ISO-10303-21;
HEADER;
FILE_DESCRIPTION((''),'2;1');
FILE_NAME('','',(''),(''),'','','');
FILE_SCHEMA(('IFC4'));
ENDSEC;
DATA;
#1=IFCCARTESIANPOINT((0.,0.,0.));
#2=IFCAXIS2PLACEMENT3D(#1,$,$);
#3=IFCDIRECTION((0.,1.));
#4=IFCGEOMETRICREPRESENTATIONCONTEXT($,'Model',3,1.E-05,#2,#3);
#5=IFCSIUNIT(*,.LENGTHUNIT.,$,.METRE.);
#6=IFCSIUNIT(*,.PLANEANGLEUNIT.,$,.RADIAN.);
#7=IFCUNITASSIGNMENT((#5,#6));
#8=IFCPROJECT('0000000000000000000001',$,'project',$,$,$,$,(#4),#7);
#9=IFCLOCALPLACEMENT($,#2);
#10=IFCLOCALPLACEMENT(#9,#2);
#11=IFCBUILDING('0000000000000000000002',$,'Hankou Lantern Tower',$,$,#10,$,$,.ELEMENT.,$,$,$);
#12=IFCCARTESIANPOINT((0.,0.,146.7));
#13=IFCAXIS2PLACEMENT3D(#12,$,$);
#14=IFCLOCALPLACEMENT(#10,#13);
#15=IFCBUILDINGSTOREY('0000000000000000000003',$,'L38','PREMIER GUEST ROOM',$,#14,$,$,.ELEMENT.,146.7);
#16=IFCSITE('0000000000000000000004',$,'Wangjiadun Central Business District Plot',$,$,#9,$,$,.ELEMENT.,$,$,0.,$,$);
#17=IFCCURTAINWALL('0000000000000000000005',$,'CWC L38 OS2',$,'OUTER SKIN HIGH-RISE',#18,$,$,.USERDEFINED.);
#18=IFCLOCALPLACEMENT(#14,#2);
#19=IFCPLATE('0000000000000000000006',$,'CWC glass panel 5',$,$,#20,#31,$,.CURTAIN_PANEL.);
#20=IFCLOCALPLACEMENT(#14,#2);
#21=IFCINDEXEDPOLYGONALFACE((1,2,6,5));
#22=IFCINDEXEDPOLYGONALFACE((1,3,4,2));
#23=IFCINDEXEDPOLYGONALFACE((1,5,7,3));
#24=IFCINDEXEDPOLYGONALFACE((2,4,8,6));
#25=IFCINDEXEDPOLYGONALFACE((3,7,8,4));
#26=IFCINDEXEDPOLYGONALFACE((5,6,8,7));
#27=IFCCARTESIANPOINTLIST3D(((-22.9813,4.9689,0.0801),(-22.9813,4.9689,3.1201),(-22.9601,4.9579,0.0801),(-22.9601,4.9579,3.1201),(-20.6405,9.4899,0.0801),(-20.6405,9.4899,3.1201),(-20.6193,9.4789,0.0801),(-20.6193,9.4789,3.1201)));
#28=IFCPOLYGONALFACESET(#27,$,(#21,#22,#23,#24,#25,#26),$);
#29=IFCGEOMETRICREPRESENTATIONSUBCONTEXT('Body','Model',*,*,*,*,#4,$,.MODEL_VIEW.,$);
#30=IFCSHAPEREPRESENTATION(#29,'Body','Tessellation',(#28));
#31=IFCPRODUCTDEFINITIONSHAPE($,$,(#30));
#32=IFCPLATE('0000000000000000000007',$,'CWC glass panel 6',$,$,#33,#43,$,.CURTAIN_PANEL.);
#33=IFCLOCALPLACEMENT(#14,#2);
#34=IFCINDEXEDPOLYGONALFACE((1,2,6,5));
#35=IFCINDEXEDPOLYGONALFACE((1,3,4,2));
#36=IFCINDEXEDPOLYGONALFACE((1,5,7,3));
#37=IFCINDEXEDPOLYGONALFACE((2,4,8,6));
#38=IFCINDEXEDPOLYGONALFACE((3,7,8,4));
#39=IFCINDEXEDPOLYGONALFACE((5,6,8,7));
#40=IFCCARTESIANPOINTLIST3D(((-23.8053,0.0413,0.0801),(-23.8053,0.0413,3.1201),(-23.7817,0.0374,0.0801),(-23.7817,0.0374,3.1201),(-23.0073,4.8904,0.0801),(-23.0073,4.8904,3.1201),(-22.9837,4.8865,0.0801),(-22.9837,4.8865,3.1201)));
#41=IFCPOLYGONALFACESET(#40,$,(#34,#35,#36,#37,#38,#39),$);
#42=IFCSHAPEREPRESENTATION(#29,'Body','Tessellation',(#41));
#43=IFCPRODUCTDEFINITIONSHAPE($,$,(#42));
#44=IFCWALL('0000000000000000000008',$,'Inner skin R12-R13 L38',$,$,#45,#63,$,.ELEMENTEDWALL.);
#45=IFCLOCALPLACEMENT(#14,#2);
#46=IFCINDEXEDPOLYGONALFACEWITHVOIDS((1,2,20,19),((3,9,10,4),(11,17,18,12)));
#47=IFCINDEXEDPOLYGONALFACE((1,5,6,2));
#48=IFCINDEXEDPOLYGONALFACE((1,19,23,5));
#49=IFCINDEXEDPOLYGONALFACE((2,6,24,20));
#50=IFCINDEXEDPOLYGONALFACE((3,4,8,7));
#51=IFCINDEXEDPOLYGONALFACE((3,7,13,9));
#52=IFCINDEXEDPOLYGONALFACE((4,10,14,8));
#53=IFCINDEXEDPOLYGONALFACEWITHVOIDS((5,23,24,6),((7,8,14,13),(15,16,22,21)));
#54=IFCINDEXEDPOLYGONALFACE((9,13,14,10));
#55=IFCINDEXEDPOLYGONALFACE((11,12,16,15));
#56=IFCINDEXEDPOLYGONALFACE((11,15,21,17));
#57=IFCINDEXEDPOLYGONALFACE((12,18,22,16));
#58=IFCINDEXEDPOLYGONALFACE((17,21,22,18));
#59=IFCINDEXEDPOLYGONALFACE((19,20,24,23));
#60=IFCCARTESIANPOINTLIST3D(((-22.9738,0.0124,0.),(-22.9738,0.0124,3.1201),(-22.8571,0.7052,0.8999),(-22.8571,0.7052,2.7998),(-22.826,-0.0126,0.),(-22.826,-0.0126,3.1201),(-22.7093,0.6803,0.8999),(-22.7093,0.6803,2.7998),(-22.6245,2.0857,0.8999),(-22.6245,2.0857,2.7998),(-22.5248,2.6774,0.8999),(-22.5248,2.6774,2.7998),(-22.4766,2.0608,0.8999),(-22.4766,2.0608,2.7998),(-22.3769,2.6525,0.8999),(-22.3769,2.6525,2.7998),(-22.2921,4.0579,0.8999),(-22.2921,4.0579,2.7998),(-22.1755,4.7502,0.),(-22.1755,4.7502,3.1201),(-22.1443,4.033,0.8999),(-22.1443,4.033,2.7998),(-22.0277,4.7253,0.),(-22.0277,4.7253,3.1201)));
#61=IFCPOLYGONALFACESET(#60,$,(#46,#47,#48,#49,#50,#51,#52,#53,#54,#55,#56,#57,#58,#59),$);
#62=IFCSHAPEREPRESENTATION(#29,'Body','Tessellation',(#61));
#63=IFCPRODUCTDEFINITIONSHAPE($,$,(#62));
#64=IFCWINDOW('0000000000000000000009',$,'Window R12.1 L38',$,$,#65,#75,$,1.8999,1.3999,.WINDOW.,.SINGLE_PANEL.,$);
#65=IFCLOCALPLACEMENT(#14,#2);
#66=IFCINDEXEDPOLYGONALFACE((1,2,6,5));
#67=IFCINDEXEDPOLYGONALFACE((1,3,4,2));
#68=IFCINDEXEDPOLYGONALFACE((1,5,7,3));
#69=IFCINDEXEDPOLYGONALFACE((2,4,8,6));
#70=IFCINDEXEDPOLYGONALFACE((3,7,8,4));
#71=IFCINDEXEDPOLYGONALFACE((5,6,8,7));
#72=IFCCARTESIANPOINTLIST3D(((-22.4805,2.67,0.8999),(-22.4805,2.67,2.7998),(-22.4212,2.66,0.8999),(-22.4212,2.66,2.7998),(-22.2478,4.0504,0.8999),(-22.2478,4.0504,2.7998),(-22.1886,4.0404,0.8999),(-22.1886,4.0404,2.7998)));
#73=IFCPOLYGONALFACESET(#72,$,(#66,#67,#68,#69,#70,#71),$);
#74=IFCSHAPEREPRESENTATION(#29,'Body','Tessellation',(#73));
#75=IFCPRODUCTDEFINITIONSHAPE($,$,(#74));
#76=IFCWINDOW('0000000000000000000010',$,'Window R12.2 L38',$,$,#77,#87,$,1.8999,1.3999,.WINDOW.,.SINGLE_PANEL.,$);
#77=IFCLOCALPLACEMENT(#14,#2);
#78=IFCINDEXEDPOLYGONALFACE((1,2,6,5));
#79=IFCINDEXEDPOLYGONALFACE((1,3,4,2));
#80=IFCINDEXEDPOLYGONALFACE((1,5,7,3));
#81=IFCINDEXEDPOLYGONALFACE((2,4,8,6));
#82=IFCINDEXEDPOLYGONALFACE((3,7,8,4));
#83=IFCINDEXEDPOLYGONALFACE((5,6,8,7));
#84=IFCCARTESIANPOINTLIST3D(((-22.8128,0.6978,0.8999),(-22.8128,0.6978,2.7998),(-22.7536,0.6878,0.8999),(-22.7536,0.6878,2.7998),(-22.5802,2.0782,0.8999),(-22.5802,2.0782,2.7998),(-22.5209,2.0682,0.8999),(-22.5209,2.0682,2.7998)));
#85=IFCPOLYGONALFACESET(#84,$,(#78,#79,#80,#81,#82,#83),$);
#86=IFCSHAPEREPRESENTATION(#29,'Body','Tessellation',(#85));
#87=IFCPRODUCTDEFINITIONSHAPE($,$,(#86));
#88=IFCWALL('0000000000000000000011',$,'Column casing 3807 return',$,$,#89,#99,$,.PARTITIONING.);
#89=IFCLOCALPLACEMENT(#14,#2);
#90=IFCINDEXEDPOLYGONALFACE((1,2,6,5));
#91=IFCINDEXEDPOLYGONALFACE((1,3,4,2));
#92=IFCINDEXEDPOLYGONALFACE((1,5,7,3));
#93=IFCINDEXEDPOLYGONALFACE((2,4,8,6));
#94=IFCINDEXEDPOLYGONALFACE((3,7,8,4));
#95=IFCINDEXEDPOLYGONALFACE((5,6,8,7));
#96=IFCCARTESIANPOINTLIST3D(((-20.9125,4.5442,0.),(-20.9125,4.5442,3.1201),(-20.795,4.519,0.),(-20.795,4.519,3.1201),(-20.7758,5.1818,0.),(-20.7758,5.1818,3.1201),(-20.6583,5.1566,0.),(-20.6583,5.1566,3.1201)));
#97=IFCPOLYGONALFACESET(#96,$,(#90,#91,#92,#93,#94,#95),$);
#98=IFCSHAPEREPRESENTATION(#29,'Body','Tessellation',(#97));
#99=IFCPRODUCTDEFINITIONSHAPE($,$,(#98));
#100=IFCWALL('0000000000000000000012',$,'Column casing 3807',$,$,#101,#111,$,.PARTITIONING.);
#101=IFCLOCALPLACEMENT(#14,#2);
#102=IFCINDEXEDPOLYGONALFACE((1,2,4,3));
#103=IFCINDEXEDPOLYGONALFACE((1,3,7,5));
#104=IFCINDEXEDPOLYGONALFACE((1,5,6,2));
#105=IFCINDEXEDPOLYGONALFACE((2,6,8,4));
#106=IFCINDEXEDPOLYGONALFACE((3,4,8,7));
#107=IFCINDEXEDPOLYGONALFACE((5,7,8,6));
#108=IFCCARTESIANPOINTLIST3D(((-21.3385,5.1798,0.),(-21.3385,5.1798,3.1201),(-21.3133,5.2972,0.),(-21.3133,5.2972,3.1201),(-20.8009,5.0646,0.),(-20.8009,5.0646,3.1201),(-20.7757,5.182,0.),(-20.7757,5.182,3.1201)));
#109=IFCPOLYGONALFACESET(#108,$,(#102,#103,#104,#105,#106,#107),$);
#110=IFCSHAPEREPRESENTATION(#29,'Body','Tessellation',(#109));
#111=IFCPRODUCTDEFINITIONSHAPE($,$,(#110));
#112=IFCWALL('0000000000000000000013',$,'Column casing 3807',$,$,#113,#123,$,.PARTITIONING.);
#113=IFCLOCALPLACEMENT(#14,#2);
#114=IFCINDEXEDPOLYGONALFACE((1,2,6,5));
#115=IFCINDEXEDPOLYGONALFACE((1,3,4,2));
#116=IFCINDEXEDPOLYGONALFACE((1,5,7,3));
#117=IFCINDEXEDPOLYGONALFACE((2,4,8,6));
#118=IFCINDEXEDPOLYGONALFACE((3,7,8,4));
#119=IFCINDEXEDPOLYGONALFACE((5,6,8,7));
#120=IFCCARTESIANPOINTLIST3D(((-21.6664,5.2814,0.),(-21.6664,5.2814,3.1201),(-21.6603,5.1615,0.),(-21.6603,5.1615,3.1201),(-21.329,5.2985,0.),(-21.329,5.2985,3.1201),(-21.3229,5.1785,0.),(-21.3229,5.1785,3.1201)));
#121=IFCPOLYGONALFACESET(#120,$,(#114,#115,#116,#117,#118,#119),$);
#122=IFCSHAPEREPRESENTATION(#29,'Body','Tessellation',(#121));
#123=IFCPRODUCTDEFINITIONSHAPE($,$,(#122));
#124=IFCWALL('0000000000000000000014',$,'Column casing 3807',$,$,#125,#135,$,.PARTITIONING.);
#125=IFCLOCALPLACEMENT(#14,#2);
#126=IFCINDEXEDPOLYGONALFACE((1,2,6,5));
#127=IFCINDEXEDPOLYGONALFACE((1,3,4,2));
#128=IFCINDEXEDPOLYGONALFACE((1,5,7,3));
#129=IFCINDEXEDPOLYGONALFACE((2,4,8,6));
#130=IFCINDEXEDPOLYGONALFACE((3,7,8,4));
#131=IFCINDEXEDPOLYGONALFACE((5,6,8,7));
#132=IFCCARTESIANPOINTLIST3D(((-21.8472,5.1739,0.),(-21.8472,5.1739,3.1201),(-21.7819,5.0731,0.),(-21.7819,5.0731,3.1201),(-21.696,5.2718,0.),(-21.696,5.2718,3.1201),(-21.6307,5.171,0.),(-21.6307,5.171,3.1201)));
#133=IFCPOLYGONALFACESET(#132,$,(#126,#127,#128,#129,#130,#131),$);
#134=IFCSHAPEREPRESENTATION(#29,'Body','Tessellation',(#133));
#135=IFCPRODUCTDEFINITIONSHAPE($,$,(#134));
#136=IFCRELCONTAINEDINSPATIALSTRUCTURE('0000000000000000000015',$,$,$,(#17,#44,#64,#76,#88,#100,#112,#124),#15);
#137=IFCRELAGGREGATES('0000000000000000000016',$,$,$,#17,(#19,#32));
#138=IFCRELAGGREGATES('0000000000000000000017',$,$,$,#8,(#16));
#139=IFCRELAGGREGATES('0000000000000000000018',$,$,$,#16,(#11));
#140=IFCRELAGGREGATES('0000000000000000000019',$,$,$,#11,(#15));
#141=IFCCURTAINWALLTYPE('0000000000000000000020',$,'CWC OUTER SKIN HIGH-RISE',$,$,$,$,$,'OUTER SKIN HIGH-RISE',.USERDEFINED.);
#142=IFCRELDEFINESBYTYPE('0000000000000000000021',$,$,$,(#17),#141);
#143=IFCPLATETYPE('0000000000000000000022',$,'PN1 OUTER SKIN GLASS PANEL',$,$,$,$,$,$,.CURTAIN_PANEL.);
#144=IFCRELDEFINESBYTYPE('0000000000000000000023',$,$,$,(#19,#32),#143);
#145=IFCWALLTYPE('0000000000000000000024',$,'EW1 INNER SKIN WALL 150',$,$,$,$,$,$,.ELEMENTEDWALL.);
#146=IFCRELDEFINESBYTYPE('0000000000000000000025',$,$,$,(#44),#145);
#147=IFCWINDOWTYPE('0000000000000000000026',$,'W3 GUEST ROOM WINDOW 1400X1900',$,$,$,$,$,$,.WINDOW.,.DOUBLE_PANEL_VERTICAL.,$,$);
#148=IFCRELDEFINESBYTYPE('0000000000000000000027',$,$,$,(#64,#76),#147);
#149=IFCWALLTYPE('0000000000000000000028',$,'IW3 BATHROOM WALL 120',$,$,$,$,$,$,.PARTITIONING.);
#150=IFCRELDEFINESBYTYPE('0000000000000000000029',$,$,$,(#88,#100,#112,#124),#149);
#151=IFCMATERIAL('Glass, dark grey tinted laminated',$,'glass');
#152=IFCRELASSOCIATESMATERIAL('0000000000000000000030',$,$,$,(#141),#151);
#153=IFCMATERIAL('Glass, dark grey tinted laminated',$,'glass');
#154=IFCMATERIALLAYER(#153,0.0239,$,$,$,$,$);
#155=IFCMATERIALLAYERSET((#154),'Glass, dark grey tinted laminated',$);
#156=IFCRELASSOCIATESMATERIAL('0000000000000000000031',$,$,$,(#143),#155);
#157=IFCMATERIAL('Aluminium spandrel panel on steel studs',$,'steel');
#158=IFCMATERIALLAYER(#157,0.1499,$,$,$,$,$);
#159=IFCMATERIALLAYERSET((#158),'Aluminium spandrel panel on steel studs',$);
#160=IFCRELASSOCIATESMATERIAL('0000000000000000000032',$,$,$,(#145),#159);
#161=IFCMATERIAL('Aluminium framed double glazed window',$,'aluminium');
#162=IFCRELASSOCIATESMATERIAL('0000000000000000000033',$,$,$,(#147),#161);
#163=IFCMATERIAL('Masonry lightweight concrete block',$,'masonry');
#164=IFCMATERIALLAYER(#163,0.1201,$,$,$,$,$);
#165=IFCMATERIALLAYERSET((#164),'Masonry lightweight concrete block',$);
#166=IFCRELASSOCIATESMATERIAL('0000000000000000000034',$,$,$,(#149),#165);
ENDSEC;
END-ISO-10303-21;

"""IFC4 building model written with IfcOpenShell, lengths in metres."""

from ifc_helpers import new_model, si_unit, direction, frame, frame_2d, origin, origin_2d, place, context, subcontext, project, spatial, rectangle, extrude, material, layer, layer_set, type_object, element, fill, aggregate, save


model = new_model("IFC4")

# Units and contexts
model_context = context("Model", 3, precision=1e-05, world=origin(), true_north=direction((0.0, 1.0)))
body_context = subcontext(model_context, "Body", "Model", "MODEL_VIEW")
ifc_project = project(units=[si_unit("LENGTHUNIT", "METRE"), si_unit("PLANEANGLEUNIT", "RADIAN")], contexts=[model_context])

# Site, building, storey
site_placement = place(None, origin())
site = spatial("IfcSite", under=ifc_project, at=site_placement, Name="Wangjiadun Central Business District Plot", CompositionType="ELEMENT", RefElevation=0.0)
building_placement = place(site_placement, origin())
building = spatial("IfcBuilding", under=site, at=building_placement, Name="Hankou Lantern Tower", CompositionType="ELEMENT")
storey_placement = place(building_placement, frame((0.0, 0.0, 146.7)))
storey = spatial("IfcBuildingStorey", under=building, at=storey_placement, Name="L38", Description="PREMIER GUEST ROOM", CompositionType="ELEMENT", Elevation=146.7)

# Curtain wall
ifc_material_1 = material(Name="Glass, dark grey tinted laminated", Category="glass")
curtain_wall_type = type_object("IfcCurtainWallType", Name="CWC OUTER SKIN HIGH-RISE", ElementType="OUTER SKIN HIGH-RISE", PredefinedType="USERDEFINED", material=ifc_material_1)
curtain_wall_placement = place(storey_placement, origin())
curtain_wall = element("IfcCurtainWall", 1, at=curtain_wall_placement, inside=storey, type_object=curtain_wall_type, Name="CWC L38 OS2", ObjectType="OUTER SKIN HIGH-RISE", PredefinedType="USERDEFINED")

# Plates
ifc_material_2 = material(Name="Glass, dark grey tinted laminated", Category="glass")
ifc_layer_1 = layer(ifc_material_2, 0.0239)
ifc_layer_set_1 = layer_set([ifc_layer_1], Name="Glass, dark grey tinted laminated")
plate_type = type_object("IfcPlateType", Name="PN1 OUTER SKIN GLASS PANEL", PredefinedType="CURTAIN_PANEL", material=ifc_layer_set_1)
plate_1_placement = place(storey_placement, frame((-21.8003, 7.2239, 0.0801), z_axis=(0.0, 0.0, 1.0), x_axis=(-0.459791, -0.888027, 0.0)))
plate_1 = element("IfcPlate", 2, at=plate_1_placement, type_object=plate_type, Name="CWC glass panel 5", PredefinedType="CURTAIN_PANEL", context=body_context, shape_type="SweptSolid", body=[
    extrude(rectangle(XDim=5.0911, YDim=0.0239, at=origin_2d()), origin(), (0.0, 0.0, 1.0), 3.04),
])
plate_2_placement = place(storey_placement, frame((-23.3945, 2.4639, 0.0801), z_axis=(0.0, 0.0, 1.0), x_axis=(-0.162382, -0.986728, 0.0)))
plate_2 = element("IfcPlate", 3, at=plate_2_placement, type_object=plate_type, Name="CWC glass panel 6", PredefinedType="CURTAIN_PANEL", context=body_context, shape_type="SweptSolid", body=[
    extrude(rectangle(XDim=4.9143, YDim=0.0239, at=origin_2d()), origin(), (0.0, 0.0, 1.0), 3.04),
])
aggregate(curtain_wall, [plate_1, plate_2])

# Wall, openings, windows
ifc_material_3 = material(Name="Aluminium spandrel panel on steel studs", Category="steel")
ifc_layer_2 = layer(ifc_material_3, 0.1499)
ifc_layer_set_2 = layer_set([ifc_layer_2], Name="Aluminium spandrel panel on steel studs")
wall_type_1 = type_object("IfcWallType", Name="EW1 INNER SKIN WALL 150", PredefinedType="ELEMENTEDWALL", material=ifc_layer_set_2)
wall_1_placement = place(storey_placement, frame((-22.1016, 4.7378, 0.0), z_axis=(0.0, 0.0, 1.0), x_axis=(-0.166162, -0.986098, 0.0)))
wall_1 = element("IfcWall", 4, at=wall_1_placement, inside=storey, type_object=wall_type_1, Name="Inner skin R12-R13 L38", PredefinedType="ELEMENTEDWALL", context=body_context, shape_type="SweptSolid", body=[
    extrude(rectangle(XDim=4.8047, YDim=0.1499, at=frame_2d((2.4023, 0.0))), origin(), (0.0, 0.0, 1.0), 3.1201),
])
opening_1_placement = place(wall_1_placement, frame((0.7021, 0.0, 0.8999)))
opening_1 = element("IfcOpeningElement", 5, at=opening_1_placement, cuts=wall_1, PredefinedType="OPENING", context=body_context, shape_type="SweptSolid", body=[
    extrude(rectangle(XDim=1.3999, YDim=1.8999, at=frame_2d((0.7, 0.95))), frame((0.0, 0.085, 0.0), z_axis=(0.0, -1.0, 0.0), x_axis=(1.0, 0.0, 0.0)), (0.0, 0.0, 1.0), 0.1699),
])
opening_2_placement = place(wall_1_placement, frame((2.7021, 0.0, 0.8999)))
opening_2 = element("IfcOpeningElement", 6, at=opening_2_placement, cuts=wall_1, PredefinedType="OPENING", context=body_context, shape_type="SweptSolid", body=[
    extrude(rectangle(XDim=1.3999, YDim=1.8999, at=frame_2d((0.7, 0.95))), frame((0.0, 0.085, 0.0), z_axis=(0.0, -1.0, 0.0), x_axis=(1.0, 0.0, 0.0)), (0.0, 0.0, 1.0), 0.1699),
])
ifc_material_4 = material(Name="Aluminium framed double glazed window", Category="aluminium")
window_type = type_object("IfcWindowType", Name="W3 GUEST ROOM WINDOW 1400X1900", PartitioningType="DOUBLE_PANEL_VERTICAL", PredefinedType="WINDOW", material=ifc_material_4)
window_1_placement = place(opening_1_placement, origin())
window_1 = element("IfcWindow", 7, at=window_1_placement, inside=storey, type_object=window_type, Name="Window R12.1 L38", OverallHeight=1.8999, OverallWidth=1.3999, PartitioningType="SINGLE_PANEL", PredefinedType="WINDOW", context=body_context, shape_type="SweptSolid", body=[
    extrude(rectangle(XDim=1.3999, YDim=1.8999, at=frame_2d((0.7, 0.95))), frame((0.0, 0.03, 0.0), z_axis=(0.0, -1.0, 0.0), x_axis=(1.0, 0.0, 0.0)), (0.0, 0.0, 1.0), 0.0601),
])
fill(opening_1, window_1)
window_2_placement = place(opening_2_placement, origin())
window_2 = element("IfcWindow", 8, at=window_2_placement, inside=storey, type_object=window_type, Name="Window R12.2 L38", OverallHeight=1.8999, OverallWidth=1.3999, PartitioningType="SINGLE_PANEL", PredefinedType="WINDOW", context=body_context, shape_type="SweptSolid", body=[
    extrude(rectangle(XDim=1.3999, YDim=1.8999, at=frame_2d((0.7, 0.95))), frame((0.0, 0.03, 0.0), z_axis=(0.0, -1.0, 0.0), x_axis=(1.0, 0.0, 0.0)), (0.0, 0.0, 1.0), 0.0601),
])
fill(opening_2, window_2)

# Walls
ifc_material_5 = material(Name="Masonry lightweight concrete block", Category="masonry")
ifc_layer_3 = layer(ifc_material_5, 0.1201)
ifc_layer_set_3 = layer_set([ifc_layer_3], Name="Masonry lightweight concrete block")
wall_type_2 = type_object("IfcWallType", Name="IW3 BATHROOM WALL 120", PredefinedType="PARTITIONING", material=ifc_layer_set_3)
wall_2_placement = place(storey_placement, frame((-20.8538, 4.5315, 0.0), z_axis=(0.0, 0.0, 1.0), x_axis=(0.209631, 0.97778, 0.0)))
element("IfcWall", 9, at=wall_2_placement, inside=storey, type_object=wall_type_2, Name="Column casing 3807 return", PredefinedType="PARTITIONING", context=body_context, shape_type="SweptSolid", body=[
    extrude(rectangle(XDim=0.6521, YDim=0.1201, at=frame_2d((0.3262, 0.0))), origin(), (0.0, 0.0, 1.0), 3.1201),
])
wall_3_placement = place(storey_placement, frame((-20.7883, 5.1233, 0.0), z_axis=(0.0, 0.0, 1.0), x_axis=(-0.977789, 0.20959, 0.0)))
element("IfcWall", 10, at=wall_3_placement, inside=storey, type_object=wall_type_2, Name="Column casing 3807", PredefinedType="PARTITIONING", context=body_context, shape_type="SweptSolid", body=[
    extrude(rectangle(XDim=0.5498, YDim=0.1201, at=frame_2d((0.2749, 0.0))), origin(), (0.0, 0.0, 1.0), 3.1201),
])
wall_4_placement = place(storey_placement, frame((-21.3259, 5.2385, 0.0), z_axis=(0.0, 0.0, 1.0), x_axis=(-0.99872, -0.050586, 0.0)))
element("IfcWall", 11, at=wall_4_placement, inside=storey, type_object=wall_type_2, Name="Column casing 3807", PredefinedType="PARTITIONING", context=body_context, shape_type="SweptSolid", body=[
    extrude(rectangle(XDim=0.3379, YDim=0.1201, at=frame_2d((0.1689, 0.0))), origin(), (0.0, 0.0, 1.0), 3.1201),
])
wall_5_placement = place(storey_placement, frame((-21.6633, 5.2214, 0.0), z_axis=(0.0, 0.0, 1.0), x_axis=(-0.839279, -0.543701, 0.0)))
element("IfcWall", 12, at=wall_5_placement, inside=storey, type_object=wall_type_2, Name="Column casing 3807", PredefinedType="PARTITIONING", context=body_context, shape_type="SweptSolid", body=[
    extrude(rectangle(XDim=0.1802, YDim=0.1201, at=frame_2d((0.0901, 0.0))), origin(), (0.0, 0.0, 1.0), 3.1201),
])

save(model, "model.ifc")
